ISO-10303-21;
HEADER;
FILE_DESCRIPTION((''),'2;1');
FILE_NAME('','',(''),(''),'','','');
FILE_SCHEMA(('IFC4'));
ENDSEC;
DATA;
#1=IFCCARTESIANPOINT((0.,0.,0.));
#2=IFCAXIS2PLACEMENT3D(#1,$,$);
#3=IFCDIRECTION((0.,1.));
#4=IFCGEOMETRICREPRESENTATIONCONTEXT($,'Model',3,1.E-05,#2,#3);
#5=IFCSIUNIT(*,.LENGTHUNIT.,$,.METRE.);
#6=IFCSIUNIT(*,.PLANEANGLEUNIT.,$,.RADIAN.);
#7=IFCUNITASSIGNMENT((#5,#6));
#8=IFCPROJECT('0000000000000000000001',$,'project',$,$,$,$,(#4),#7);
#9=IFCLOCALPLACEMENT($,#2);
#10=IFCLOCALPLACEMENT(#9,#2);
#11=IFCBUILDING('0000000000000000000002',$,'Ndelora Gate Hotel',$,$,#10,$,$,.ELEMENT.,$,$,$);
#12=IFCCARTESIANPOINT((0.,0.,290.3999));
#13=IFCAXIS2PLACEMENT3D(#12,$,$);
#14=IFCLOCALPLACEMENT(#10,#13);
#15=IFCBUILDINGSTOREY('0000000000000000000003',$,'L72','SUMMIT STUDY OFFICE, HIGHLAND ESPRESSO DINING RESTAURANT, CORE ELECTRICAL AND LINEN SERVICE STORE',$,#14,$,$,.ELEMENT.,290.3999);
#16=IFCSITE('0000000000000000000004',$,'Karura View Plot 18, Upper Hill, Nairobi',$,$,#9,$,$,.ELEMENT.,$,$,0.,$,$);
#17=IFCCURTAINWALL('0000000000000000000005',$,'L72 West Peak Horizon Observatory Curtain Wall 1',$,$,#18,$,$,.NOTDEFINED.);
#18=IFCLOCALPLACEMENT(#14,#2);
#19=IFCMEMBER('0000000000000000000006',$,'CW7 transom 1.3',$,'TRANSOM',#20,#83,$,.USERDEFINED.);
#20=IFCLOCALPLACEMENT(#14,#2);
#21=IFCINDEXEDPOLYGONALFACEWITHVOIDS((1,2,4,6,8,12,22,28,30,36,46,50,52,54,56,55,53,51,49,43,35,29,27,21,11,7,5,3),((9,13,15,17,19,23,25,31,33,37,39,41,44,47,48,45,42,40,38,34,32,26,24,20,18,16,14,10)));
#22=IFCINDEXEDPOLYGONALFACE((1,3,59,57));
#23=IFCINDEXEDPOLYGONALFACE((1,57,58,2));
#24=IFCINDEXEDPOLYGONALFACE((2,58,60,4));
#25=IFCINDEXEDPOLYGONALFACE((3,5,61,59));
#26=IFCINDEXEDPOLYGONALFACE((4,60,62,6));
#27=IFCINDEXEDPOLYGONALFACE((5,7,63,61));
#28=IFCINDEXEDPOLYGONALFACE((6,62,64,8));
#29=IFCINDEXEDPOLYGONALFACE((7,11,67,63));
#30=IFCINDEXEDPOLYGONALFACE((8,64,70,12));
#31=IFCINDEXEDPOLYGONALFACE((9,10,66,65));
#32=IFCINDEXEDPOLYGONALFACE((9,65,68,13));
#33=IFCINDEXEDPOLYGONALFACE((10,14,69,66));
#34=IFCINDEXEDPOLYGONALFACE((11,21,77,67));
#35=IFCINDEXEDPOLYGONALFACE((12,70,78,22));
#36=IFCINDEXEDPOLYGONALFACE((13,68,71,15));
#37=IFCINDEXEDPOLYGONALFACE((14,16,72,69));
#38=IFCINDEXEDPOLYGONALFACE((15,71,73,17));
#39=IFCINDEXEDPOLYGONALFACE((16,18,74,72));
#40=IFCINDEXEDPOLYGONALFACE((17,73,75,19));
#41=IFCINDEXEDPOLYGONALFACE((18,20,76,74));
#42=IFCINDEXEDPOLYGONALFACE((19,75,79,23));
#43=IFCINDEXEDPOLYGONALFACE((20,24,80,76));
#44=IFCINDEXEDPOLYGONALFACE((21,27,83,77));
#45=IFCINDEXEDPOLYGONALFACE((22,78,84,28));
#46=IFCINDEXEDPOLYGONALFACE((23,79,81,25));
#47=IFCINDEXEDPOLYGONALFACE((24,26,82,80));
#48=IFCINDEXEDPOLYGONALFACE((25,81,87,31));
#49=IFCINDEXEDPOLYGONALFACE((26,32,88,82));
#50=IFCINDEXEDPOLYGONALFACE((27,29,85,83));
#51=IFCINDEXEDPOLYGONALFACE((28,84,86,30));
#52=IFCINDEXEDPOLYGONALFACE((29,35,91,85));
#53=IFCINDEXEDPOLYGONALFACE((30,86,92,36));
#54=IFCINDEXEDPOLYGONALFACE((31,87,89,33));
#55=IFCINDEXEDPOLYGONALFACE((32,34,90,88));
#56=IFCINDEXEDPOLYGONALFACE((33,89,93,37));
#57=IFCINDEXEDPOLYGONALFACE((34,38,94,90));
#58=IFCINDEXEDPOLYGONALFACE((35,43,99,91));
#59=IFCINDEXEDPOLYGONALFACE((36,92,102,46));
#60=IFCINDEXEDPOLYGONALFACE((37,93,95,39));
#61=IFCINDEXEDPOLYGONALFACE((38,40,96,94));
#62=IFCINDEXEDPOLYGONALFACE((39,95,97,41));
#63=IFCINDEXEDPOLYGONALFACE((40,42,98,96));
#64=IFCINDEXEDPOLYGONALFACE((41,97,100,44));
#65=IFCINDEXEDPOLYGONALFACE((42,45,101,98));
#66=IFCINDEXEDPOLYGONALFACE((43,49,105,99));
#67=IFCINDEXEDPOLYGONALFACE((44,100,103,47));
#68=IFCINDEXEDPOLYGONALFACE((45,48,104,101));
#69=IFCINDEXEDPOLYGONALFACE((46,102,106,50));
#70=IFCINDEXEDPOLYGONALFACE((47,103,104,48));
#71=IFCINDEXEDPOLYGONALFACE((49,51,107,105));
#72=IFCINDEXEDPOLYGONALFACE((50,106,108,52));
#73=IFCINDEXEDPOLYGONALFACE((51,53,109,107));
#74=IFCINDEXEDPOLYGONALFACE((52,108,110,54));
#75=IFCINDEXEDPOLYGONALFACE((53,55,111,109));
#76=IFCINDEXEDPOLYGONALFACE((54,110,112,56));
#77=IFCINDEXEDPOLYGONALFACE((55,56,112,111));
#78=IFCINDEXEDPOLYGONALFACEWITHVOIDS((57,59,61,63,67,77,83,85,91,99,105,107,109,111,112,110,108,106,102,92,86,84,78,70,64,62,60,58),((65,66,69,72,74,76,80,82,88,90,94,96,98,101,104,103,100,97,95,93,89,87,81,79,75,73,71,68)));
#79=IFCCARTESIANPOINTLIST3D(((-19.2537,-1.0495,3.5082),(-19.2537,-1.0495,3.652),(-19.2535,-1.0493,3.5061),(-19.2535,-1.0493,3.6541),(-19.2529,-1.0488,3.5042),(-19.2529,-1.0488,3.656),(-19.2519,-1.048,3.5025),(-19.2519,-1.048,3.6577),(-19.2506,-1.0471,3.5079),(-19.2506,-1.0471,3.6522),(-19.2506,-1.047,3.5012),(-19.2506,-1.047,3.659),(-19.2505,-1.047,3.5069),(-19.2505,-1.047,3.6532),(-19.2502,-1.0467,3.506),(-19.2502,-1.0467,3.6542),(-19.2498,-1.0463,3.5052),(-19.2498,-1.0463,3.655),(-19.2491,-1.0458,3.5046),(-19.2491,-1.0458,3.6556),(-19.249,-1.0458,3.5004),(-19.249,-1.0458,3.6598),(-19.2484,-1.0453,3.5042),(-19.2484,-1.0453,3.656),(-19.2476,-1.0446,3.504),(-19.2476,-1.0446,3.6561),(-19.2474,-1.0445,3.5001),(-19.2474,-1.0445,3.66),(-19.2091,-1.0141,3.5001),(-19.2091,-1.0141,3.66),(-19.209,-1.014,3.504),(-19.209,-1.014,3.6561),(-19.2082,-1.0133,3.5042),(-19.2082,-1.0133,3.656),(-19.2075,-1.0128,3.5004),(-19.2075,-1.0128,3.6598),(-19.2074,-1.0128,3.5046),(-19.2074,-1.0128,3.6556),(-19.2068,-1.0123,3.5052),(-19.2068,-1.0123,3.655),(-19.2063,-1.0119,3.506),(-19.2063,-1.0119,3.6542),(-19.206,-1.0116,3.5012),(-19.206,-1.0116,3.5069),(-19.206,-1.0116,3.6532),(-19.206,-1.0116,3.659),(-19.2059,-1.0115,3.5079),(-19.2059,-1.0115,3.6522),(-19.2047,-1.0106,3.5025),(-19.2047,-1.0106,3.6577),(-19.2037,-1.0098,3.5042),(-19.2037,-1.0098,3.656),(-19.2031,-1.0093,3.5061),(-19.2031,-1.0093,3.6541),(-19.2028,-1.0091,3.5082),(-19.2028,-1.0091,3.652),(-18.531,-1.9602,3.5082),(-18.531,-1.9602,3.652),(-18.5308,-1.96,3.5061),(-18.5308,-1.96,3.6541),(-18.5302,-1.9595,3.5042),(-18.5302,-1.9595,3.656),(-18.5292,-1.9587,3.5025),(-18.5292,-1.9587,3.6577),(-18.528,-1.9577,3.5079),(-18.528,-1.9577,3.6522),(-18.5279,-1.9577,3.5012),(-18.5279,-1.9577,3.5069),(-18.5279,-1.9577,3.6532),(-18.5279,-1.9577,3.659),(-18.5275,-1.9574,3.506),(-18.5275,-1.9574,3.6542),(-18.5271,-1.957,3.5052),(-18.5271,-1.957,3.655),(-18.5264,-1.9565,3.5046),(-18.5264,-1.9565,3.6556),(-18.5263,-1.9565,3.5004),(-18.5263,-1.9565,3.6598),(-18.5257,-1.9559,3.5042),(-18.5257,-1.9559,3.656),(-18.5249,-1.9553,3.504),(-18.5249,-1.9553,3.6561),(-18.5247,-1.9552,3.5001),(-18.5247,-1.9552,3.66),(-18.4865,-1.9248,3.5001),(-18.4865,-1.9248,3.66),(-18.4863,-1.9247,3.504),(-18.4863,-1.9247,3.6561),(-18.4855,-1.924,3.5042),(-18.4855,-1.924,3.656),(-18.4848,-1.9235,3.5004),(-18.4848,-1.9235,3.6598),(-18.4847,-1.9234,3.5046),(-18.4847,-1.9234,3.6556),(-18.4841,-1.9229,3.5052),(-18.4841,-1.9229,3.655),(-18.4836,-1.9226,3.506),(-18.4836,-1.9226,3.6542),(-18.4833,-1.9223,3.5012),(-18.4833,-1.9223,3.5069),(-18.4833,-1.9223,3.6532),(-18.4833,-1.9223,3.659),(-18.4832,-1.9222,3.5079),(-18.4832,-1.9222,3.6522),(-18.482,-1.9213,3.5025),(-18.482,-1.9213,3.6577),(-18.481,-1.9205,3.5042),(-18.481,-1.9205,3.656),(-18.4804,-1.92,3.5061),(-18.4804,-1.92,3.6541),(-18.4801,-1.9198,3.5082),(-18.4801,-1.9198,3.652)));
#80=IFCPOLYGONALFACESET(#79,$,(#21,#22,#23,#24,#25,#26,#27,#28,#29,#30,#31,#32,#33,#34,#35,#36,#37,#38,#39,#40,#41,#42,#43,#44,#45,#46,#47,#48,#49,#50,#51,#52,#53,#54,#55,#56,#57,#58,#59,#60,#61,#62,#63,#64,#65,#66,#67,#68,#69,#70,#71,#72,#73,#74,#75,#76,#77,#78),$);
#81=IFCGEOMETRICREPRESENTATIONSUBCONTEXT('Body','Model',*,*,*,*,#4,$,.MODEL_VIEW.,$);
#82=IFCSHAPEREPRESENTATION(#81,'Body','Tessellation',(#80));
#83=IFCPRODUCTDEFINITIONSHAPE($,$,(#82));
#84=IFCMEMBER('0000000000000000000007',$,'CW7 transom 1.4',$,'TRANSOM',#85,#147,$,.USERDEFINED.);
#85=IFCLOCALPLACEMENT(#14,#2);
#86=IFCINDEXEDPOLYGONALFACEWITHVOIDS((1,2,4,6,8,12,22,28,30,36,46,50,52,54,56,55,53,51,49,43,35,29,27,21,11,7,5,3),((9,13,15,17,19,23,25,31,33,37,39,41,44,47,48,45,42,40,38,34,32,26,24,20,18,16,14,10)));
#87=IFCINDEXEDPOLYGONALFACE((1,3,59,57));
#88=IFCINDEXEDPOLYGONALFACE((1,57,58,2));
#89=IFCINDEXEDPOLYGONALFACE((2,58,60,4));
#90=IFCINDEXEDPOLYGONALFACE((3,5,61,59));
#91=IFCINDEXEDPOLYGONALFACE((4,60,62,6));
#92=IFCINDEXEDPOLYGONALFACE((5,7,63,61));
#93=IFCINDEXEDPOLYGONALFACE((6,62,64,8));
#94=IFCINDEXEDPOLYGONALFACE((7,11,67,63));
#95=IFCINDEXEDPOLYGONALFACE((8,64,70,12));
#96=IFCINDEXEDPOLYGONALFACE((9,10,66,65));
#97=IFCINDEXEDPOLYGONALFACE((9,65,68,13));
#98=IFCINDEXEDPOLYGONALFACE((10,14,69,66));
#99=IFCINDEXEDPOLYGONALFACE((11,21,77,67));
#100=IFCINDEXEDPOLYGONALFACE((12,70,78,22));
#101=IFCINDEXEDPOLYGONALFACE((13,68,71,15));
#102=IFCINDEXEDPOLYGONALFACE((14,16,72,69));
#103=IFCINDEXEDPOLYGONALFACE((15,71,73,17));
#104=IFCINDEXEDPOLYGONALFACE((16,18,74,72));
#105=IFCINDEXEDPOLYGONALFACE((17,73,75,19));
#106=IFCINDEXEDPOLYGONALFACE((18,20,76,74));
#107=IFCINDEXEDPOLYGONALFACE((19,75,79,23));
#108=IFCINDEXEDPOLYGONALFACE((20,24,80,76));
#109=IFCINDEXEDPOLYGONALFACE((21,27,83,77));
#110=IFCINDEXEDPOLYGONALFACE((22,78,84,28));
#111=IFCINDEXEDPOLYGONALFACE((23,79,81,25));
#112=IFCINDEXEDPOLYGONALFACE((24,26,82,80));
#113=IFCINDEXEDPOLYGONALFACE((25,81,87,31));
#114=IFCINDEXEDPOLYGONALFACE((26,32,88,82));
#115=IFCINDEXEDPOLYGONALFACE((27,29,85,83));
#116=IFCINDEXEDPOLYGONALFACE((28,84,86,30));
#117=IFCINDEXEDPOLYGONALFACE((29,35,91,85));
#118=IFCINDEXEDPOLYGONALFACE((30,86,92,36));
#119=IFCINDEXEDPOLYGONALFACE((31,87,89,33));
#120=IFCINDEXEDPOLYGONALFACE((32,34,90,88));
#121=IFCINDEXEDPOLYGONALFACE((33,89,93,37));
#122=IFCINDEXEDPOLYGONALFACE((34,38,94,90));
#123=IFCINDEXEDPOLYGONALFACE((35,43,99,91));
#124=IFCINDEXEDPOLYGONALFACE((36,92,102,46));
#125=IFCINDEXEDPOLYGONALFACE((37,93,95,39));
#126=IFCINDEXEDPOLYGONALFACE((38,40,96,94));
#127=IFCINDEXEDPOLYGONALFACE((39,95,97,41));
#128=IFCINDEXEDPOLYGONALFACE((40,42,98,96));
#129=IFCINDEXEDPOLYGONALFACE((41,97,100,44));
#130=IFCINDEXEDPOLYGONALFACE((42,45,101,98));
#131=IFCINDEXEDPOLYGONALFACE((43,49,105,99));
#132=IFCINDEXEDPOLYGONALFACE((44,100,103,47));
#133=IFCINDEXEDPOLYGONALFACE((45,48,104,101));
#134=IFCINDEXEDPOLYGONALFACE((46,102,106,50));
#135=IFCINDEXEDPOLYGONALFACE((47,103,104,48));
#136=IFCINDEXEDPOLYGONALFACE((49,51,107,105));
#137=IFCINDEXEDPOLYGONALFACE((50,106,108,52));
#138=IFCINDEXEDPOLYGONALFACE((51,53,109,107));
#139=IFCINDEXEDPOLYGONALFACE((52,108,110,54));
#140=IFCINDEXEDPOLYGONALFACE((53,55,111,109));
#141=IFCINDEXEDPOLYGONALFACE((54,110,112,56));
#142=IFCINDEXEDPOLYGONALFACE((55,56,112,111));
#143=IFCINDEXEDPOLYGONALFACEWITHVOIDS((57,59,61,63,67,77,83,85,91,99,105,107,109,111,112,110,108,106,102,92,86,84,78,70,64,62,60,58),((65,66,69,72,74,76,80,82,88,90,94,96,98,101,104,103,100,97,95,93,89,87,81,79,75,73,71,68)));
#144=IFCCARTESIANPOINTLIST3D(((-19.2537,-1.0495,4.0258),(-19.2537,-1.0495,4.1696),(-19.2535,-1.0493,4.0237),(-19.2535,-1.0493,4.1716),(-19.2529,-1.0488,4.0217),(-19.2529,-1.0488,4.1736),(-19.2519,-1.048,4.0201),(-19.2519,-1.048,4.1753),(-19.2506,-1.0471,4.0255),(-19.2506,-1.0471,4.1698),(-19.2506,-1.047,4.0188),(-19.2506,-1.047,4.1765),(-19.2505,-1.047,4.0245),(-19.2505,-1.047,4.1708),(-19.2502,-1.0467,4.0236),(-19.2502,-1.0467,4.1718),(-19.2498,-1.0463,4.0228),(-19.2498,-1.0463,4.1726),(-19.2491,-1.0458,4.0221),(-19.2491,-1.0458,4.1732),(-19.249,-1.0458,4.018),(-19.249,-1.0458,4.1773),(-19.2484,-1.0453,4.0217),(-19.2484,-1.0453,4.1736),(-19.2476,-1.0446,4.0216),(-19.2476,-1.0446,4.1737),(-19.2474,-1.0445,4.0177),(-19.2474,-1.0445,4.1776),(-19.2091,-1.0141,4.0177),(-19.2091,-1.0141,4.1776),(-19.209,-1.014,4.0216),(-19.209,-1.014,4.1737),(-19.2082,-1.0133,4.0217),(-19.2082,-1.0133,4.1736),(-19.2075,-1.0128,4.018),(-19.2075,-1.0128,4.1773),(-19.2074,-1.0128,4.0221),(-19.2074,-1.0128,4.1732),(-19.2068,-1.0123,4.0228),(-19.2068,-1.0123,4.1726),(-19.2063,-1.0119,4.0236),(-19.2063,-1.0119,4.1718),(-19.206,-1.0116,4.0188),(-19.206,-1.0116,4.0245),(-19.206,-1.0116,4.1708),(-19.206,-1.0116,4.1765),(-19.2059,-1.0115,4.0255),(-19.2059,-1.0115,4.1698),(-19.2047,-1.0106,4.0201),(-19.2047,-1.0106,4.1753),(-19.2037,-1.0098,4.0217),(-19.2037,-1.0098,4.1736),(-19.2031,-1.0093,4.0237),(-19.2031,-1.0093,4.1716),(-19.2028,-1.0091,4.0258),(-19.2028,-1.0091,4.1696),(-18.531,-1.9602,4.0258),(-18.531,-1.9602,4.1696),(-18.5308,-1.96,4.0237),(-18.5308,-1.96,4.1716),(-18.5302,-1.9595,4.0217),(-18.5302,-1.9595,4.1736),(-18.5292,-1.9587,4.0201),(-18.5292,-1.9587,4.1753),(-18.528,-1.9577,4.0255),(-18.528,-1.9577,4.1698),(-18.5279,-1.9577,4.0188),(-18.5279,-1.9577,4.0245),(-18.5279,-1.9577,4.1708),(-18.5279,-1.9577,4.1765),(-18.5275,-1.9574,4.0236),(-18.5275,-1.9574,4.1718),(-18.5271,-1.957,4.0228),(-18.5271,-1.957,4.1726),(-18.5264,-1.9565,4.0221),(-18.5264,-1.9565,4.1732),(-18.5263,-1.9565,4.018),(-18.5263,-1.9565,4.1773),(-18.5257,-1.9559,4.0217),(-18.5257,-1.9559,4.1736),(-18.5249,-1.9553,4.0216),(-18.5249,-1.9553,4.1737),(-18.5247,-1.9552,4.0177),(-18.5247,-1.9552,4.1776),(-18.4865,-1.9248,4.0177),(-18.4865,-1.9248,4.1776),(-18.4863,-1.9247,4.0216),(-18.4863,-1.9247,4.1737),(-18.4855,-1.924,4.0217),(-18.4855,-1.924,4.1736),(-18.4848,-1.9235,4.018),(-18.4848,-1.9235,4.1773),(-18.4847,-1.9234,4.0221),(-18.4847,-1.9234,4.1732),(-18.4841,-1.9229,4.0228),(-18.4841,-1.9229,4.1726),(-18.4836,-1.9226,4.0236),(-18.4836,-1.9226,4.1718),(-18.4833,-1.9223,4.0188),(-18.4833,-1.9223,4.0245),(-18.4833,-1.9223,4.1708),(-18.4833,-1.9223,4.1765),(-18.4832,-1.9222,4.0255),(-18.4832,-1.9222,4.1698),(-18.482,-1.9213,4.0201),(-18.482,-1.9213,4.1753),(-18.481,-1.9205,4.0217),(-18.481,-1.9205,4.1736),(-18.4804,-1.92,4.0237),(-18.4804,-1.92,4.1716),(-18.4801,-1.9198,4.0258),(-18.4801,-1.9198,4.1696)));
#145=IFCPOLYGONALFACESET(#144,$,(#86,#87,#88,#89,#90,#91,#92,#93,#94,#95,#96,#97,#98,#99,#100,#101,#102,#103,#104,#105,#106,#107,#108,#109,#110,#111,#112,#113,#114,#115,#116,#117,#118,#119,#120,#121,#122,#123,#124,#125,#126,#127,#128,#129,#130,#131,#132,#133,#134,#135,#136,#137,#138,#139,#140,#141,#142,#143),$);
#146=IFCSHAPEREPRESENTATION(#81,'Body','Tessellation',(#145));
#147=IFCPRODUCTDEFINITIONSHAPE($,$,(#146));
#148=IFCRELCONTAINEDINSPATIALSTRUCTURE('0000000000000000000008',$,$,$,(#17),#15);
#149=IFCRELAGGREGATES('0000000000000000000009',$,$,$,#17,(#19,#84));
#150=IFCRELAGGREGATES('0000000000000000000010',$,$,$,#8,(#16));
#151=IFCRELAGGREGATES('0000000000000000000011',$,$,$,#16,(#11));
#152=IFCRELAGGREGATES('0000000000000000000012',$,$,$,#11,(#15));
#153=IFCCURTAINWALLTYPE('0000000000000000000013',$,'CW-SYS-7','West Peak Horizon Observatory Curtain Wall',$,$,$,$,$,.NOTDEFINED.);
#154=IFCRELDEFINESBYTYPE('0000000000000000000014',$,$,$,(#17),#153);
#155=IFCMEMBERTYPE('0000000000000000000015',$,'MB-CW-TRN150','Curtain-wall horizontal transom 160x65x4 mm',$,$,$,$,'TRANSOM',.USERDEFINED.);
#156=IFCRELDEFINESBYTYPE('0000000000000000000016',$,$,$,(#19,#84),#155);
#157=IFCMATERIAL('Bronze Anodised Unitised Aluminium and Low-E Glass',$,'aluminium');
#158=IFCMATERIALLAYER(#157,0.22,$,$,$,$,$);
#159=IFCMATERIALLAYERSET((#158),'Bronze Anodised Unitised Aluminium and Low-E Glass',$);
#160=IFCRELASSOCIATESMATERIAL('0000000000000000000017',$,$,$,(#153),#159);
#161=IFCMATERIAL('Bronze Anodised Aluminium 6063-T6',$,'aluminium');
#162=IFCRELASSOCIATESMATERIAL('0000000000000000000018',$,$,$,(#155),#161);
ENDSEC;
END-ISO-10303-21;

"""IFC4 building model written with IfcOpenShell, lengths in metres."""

from ifc_helpers import new_model, si_unit, direction, frame, origin, origin_2d, place, context, subcontext, project, spatial, hollow_rectangle, extrude, material, layer, layer_set, material_profile, profile_set, type_object, element, aggregate, save


model = new_model("IFC4")

# Units and contexts
model_context = context("Model", 3, precision=1e-05, world=origin(), true_north=direction((0.0, 1.0)))
body_context = subcontext(model_context, "Body", "Model", "MODEL_VIEW")
ifc_project = project(units=[si_unit("LENGTHUNIT", "METRE"), si_unit("PLANEANGLEUNIT", "RADIAN")], contexts=[model_context])

# Site, building, storey
site_placement = place(None, origin())
site = spatial("IfcSite", under=ifc_project, at=site_placement, Name="Karura View Plot 18, Upper Hill, Nairobi", CompositionType="ELEMENT", RefElevation=0.0)
building_placement = place(site_placement, origin())
building = spatial("IfcBuilding", under=site, at=building_placement, Name="Ndelora Gate Hotel", CompositionType="ELEMENT")
storey_placement = place(building_placement, frame((0.0, 0.0, 290.3999)))
storey = spatial("IfcBuildingStorey", under=building, at=storey_placement, Name="L72", Description="SUMMIT STUDY OFFICE, HIGHLAND ESPRESSO DINING RESTAURANT, CORE ELECTRICAL AND LINEN SERVICE STORE", CompositionType="ELEMENT", Elevation=290.3999)

# Curtain wall
ifc_material_1 = material(Name="Bronze Anodised Unitised Aluminium and Low-E Glass", Category="aluminium")
ifc_layer_1 = layer(ifc_material_1, 0.22)
ifc_layer_set_1 = layer_set([ifc_layer_1], Name="Bronze Anodised Unitised Aluminium and Low-E Glass")
curtain_wall_type = type_object("IfcCurtainWallType", Name="CW-SYS-7", Description="West Peak Horizon Observatory Curtain Wall", PredefinedType="NOTDEFINED", material=ifc_layer_set_1)
curtain_wall_1_placement = place(storey_placement, origin())
curtain_wall_1 = element("IfcCurtainWall", 1, at=curtain_wall_1_placement, inside=storey, type_object=curtain_wall_type, Name="L72 West Peak Horizon Observatory Curtain Wall 1", PredefinedType="NOTDEFINED")
ifc_material_2 = material(Name="Bronze Anodised Aluminium 6063-T6", Category="aluminium")

# Members
ifc_material_profile_1 = material_profile(ifc_material_2, hollow_rectangle(XDim=0.0649, YDim=0.1599, WallThickness=0.0039, InnerFilletRadius=0.0039, OuterFilletRadius=0.0081, at=origin_2d()), Name="ALU 160x65x4")
ifc_profile_set_1 = profile_set([ifc_material_profile_1], Name="Bronze Anodised Aluminium 6063-T6")
member_type_1 = type_object("IfcMemberType", Name="MB-CW-TRN150", Description="Curtain-wall horizontal transom 160x65x4 mm", ElementType="TRANSOM", PredefinedType="USERDEFINED", material=ifc_profile_set_1)
member_1_placement = place(storey_placement, frame((-19.2283, -1.0293, 3.5801), z_axis=(0.621617, -0.783321, 0.0), x_axis=(0.783321, 0.621617, 0.0)))
member_1 = element("IfcMember", 2, at=member_1_placement, type_object=member_type_1, Name="CW7 transom 1.3", ObjectType="TRANSOM", PredefinedType="USERDEFINED", context=body_context, shape_type="SweptSolid", body=[
    extrude(hollow_rectangle(XDim=0.0649, YDim=0.1599, WallThickness=0.0039, InnerFilletRadius=0.0039, OuterFilletRadius=0.0081, at=origin_2d()), origin(), (0.0, 0.0, 1.0), 1.1626),
])
member_2_placement = place(storey_placement, frame((-19.2283, -1.0293, 4.0977), z_axis=(0.621617, -0.783321, 0.0), x_axis=(0.783321, 0.621617, 0.0)))
member_2 = element("IfcMember", 3, at=member_2_placement, type_object=member_type_1, Name="CW7 transom 1.4", ObjectType="TRANSOM", PredefinedType="USERDEFINED", context=body_context, shape_type="SweptSolid", body=[
    extrude(hollow_rectangle(XDim=0.0649, YDim=0.1599, WallThickness=0.0039, InnerFilletRadius=0.0039, OuterFilletRadius=0.0081, at=origin_2d()), origin(), (0.0, 0.0, 1.0), 1.1626),
])

aggregate(curtain_wall_1, [member_1, member_2])

save(model, "model.ifc")
